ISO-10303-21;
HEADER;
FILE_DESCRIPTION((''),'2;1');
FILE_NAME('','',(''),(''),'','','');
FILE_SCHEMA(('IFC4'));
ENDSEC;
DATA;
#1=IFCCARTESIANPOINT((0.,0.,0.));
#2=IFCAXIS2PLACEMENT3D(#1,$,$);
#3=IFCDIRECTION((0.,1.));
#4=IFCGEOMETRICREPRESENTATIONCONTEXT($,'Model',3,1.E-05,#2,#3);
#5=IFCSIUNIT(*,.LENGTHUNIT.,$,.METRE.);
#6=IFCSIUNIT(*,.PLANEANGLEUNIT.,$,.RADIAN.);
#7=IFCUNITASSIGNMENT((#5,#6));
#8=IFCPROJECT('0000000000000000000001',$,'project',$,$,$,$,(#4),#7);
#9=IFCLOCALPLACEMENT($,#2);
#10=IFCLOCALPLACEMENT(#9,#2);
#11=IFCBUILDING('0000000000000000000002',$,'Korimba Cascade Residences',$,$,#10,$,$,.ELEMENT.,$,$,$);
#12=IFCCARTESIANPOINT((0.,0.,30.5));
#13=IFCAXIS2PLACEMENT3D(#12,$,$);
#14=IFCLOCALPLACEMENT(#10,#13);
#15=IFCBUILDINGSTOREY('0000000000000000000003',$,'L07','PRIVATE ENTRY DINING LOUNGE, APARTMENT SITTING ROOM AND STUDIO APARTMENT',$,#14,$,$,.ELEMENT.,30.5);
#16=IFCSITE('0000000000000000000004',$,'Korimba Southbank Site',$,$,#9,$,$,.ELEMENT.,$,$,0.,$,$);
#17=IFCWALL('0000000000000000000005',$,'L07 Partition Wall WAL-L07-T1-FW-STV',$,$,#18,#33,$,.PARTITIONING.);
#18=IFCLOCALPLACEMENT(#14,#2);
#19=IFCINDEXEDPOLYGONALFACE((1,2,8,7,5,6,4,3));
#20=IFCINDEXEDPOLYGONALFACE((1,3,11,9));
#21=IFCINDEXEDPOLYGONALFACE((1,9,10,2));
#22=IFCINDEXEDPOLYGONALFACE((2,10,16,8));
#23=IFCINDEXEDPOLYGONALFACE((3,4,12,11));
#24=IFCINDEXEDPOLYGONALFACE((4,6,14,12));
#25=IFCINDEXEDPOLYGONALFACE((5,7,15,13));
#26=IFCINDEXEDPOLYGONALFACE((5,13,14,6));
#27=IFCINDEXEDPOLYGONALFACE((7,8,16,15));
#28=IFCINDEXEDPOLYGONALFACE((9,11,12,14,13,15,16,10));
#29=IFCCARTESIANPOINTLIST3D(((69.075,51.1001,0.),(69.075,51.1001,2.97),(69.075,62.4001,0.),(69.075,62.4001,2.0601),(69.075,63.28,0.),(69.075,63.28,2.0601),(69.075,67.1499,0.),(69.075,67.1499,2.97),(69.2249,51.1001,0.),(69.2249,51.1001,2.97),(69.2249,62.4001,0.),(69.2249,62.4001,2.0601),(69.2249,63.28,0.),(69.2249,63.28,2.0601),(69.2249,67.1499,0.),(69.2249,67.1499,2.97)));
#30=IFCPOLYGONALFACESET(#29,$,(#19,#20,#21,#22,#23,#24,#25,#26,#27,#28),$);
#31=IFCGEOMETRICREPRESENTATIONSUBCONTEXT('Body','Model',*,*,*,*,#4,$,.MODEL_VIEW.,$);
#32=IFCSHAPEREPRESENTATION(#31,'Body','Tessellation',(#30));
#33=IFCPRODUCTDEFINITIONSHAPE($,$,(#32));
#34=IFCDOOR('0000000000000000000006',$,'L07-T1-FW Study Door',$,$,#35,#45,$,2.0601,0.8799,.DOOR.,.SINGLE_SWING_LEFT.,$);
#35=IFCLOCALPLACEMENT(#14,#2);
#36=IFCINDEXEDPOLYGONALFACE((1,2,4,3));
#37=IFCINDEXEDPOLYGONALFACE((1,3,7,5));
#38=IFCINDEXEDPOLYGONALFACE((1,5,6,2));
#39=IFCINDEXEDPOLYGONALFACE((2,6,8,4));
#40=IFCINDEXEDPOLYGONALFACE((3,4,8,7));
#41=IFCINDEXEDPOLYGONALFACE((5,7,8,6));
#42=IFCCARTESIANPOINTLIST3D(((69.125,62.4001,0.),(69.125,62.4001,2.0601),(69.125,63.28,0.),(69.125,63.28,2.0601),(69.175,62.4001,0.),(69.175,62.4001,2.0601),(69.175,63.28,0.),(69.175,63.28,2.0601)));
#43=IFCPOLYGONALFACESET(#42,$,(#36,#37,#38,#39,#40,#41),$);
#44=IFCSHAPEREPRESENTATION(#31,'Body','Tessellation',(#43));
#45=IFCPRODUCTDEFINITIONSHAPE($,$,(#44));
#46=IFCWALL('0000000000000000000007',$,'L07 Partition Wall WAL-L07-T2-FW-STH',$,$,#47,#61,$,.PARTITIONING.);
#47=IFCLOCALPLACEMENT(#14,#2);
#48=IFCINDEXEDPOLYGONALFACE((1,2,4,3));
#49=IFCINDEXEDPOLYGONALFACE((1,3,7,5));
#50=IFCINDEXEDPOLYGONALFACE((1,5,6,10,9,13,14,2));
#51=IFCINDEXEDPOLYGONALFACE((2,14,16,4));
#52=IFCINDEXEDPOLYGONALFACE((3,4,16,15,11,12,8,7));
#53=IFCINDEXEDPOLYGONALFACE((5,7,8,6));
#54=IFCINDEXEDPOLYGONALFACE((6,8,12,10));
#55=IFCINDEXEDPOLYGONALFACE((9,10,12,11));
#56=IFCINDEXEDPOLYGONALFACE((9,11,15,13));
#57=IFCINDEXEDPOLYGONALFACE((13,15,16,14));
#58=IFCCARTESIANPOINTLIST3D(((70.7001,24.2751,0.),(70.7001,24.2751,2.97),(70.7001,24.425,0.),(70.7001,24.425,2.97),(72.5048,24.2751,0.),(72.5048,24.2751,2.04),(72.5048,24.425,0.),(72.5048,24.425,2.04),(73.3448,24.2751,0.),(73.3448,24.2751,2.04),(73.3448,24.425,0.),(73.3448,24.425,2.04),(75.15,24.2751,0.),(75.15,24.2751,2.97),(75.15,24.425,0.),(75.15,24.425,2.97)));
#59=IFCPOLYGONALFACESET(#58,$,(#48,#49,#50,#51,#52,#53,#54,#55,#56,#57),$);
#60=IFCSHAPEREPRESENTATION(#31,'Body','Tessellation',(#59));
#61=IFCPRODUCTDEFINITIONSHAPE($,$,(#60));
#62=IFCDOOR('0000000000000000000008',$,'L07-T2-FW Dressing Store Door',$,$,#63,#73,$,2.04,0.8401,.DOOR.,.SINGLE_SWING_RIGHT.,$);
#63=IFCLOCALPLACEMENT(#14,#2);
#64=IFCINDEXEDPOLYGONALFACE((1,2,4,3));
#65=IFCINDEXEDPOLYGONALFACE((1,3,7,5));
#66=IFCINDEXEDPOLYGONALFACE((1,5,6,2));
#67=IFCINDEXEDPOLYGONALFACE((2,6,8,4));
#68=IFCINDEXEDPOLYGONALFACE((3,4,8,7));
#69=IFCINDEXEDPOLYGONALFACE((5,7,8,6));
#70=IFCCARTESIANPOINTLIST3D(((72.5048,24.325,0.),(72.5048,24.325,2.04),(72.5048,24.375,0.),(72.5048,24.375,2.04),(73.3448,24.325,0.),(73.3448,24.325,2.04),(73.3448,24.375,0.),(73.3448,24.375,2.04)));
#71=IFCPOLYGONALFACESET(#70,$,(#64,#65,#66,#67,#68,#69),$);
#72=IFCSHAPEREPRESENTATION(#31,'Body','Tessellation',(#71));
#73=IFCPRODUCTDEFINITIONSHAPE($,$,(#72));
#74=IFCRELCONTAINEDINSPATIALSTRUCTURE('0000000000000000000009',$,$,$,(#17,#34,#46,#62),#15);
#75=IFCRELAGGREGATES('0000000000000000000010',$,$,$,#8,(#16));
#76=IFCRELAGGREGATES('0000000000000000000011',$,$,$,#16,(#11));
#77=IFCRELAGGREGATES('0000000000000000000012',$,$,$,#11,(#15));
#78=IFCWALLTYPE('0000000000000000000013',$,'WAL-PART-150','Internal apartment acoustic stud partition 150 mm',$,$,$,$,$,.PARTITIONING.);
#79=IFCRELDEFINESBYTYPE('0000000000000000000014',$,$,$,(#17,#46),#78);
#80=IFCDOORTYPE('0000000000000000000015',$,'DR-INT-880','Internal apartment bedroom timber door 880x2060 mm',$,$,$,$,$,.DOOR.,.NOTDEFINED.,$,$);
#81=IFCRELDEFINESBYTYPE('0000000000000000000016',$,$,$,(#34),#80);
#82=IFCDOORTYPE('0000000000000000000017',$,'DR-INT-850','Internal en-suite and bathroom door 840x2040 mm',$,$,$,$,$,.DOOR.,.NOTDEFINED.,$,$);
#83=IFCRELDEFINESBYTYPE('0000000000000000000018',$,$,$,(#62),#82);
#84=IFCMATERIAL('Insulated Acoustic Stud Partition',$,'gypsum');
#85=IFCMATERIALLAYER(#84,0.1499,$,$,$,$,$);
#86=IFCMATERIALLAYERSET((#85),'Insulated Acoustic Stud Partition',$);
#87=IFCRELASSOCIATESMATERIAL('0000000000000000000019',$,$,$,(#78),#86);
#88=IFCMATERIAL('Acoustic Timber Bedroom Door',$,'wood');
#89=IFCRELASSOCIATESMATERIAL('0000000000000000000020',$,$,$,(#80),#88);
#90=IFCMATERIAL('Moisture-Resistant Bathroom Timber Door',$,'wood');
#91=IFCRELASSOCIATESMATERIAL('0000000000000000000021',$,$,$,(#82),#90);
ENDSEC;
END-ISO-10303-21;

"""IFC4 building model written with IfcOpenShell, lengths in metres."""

from ifc_helpers import new_model, si_unit, direction, frame, frame_2d, origin, place, context, subcontext, project, spatial, rectangle, extrude, material, layer, layer_set, type_object, element, fill, save


model = new_model("IFC4")

# Units and contexts
model_context = context("Model", 3, precision=1e-05, world=origin(), true_north=direction((0.0, 1.0)))
body_context = subcontext(model_context, "Body", "Model", "MODEL_VIEW")
ifc_project = project(units=[si_unit("LENGTHUNIT", "METRE"), si_unit("PLANEANGLEUNIT", "RADIAN")], contexts=[model_context])

# Site, building, storey
site_placement = place(None, origin())
site = spatial("IfcSite", under=ifc_project, at=site_placement, Name="Korimba Southbank Site", CompositionType="ELEMENT", RefElevation=0.0)
building_placement = place(site_placement, origin())
building = spatial("IfcBuilding", under=site, at=building_placement, Name="Korimba Cascade Residences", CompositionType="ELEMENT")
storey_placement = place(building_placement, frame((0.0, 0.0, 30.5)))
storey = spatial("IfcBuildingStorey", under=building, at=storey_placement, Name="L07", Description="PRIVATE ENTRY DINING LOUNGE, APARTMENT SITTING ROOM AND STUDIO APARTMENT", CompositionType="ELEMENT", Elevation=30.5)

# Walls, openings, doors
ifc_material_1 = material(Name="Insulated Acoustic Stud Partition", Category="gypsum")
ifc_layer_1 = layer(ifc_material_1, 0.1499)
ifc_layer_set_1 = layer_set([ifc_layer_1], Name="Insulated Acoustic Stud Partition")
wall_type_1 = type_object("IfcWallType", Name="WAL-PART-150", Description="Internal apartment acoustic stud partition 150 mm", PredefinedType="PARTITIONING", material=ifc_layer_set_1)
wall_1_placement = place(storey_placement, frame((69.1499, 51.1001, 0.0), z_axis=(0.0, 0.0, 1.0), x_axis=(0.0, 1.0, 0.0)))
wall_1 = element("IfcWall", 1, at=wall_1_placement, inside=storey, type_object=wall_type_1, Name="L07 Partition Wall WAL-L07-T1-FW-STV", PredefinedType="PARTITIONING", context=body_context, shape_type="SweptSolid", body=[
    extrude(rectangle(XDim=16.0498, YDim=0.1499, at=frame_2d((8.0249, 0.0))), origin(), (0.0, 0.0, 1.0), 2.97),
])
opening_1_placement = place(wall_1_placement, frame((11.3, 0.0, 0.0)))
opening_1 = element("IfcOpeningElement", 2, at=opening_1_placement, cuts=wall_1, PredefinedType="OPENING", context=body_context, shape_type="SweptSolid", body=[
    extrude(rectangle(XDim=0.8799, YDim=2.0601, at=frame_2d((0.4399, 1.03))), frame((0.0, 0.085, 0.0), z_axis=(0.0, -1.0, 0.0), x_axis=(1.0, 0.0, 0.0)), (0.0, 0.0, 1.0), 0.1699),
])
ifc_material_2 = material(Name="Acoustic Timber Bedroom Door", Category="wood")
door_type_1 = type_object("IfcDoorType", Name="DR-INT-880", Description="Internal apartment bedroom timber door 880x2060 mm", OperationType="NOTDEFINED", PredefinedType="DOOR", material=ifc_material_2)
door_1_placement = place(opening_1_placement, origin())
door_1 = element("IfcDoor", 3, at=door_1_placement, inside=storey, type_object=door_type_1, Name="L07-T1-FW Study Door", OperationType="SINGLE_SWING_LEFT", OverallHeight=2.0601, OverallWidth=0.8799, PredefinedType="DOOR", context=body_context, shape_type="SweptSolid", body=[
    extrude(rectangle(XDim=0.8799, YDim=2.0601, at=frame_2d((0.4399, 1.03))), frame((0.0, 0.0249, 0.0), z_axis=(0.0, -1.0, 0.0), x_axis=(1.0, 0.0, 0.0)), (0.0, 0.0, 1.0), 0.05),
])
fill(opening_1, door_1)
wall_2_placement = place(storey_placement, frame((70.7, 24.3501, 0.0), z_axis=(0.0, 0.0, 1.0), x_axis=(1.0, 0.0, 0.0)))
wall_2 = element("IfcWall", 4, at=wall_2_placement, inside=storey, type_object=wall_type_1, Name="L07 Partition Wall WAL-L07-T2-FW-STH", PredefinedType="PARTITIONING", context=body_context, shape_type="SweptSolid", body=[
    extrude(rectangle(XDim=4.45, YDim=0.1499, at=frame_2d((2.2251, 0.0))), origin(), (0.0, 0.0, 1.0), 2.97),
])
opening_2_placement = place(wall_2_placement, frame((1.8049, 0.0, 0.0)))
opening_2 = element("IfcOpeningElement", 5, at=opening_2_placement, cuts=wall_2, PredefinedType="OPENING", context=body_context, shape_type="SweptSolid", body=[
    extrude(rectangle(XDim=0.8401, YDim=2.04, at=frame_2d((0.4199, 1.02))), frame((0.0, 0.085, 0.0), z_axis=(0.0, -1.0, 0.0), x_axis=(1.0, 0.0, 0.0)), (0.0, 0.0, 1.0), 0.1699),
])
ifc_material_3 = material(Name="Moisture-Resistant Bathroom Timber Door", Category="wood")
door_type_2 = type_object("IfcDoorType", Name="DR-INT-850", Description="Internal en-suite and bathroom door 840x2040 mm", OperationType="NOTDEFINED", PredefinedType="DOOR", material=ifc_material_3)
door_2_placement = place(opening_2_placement, origin())
door_2 = element("IfcDoor", 6, at=door_2_placement, inside=storey, type_object=door_type_2, Name="L07-T2-FW Dressing Store Door", OperationType="SINGLE_SWING_RIGHT", OverallHeight=2.04, OverallWidth=0.8401, PredefinedType="DOOR", context=body_context, shape_type="SweptSolid", body=[
    extrude(rectangle(XDim=0.8401, YDim=2.04, at=frame_2d((0.4199, 1.02))), frame((0.0, 0.0249, 0.0), z_axis=(0.0, -1.0, 0.0), x_axis=(1.0, 0.0, 0.0)), (0.0, 0.0, 1.0), 0.05),
])
fill(opening_2, door_2)

save(model, "model.ifc")
